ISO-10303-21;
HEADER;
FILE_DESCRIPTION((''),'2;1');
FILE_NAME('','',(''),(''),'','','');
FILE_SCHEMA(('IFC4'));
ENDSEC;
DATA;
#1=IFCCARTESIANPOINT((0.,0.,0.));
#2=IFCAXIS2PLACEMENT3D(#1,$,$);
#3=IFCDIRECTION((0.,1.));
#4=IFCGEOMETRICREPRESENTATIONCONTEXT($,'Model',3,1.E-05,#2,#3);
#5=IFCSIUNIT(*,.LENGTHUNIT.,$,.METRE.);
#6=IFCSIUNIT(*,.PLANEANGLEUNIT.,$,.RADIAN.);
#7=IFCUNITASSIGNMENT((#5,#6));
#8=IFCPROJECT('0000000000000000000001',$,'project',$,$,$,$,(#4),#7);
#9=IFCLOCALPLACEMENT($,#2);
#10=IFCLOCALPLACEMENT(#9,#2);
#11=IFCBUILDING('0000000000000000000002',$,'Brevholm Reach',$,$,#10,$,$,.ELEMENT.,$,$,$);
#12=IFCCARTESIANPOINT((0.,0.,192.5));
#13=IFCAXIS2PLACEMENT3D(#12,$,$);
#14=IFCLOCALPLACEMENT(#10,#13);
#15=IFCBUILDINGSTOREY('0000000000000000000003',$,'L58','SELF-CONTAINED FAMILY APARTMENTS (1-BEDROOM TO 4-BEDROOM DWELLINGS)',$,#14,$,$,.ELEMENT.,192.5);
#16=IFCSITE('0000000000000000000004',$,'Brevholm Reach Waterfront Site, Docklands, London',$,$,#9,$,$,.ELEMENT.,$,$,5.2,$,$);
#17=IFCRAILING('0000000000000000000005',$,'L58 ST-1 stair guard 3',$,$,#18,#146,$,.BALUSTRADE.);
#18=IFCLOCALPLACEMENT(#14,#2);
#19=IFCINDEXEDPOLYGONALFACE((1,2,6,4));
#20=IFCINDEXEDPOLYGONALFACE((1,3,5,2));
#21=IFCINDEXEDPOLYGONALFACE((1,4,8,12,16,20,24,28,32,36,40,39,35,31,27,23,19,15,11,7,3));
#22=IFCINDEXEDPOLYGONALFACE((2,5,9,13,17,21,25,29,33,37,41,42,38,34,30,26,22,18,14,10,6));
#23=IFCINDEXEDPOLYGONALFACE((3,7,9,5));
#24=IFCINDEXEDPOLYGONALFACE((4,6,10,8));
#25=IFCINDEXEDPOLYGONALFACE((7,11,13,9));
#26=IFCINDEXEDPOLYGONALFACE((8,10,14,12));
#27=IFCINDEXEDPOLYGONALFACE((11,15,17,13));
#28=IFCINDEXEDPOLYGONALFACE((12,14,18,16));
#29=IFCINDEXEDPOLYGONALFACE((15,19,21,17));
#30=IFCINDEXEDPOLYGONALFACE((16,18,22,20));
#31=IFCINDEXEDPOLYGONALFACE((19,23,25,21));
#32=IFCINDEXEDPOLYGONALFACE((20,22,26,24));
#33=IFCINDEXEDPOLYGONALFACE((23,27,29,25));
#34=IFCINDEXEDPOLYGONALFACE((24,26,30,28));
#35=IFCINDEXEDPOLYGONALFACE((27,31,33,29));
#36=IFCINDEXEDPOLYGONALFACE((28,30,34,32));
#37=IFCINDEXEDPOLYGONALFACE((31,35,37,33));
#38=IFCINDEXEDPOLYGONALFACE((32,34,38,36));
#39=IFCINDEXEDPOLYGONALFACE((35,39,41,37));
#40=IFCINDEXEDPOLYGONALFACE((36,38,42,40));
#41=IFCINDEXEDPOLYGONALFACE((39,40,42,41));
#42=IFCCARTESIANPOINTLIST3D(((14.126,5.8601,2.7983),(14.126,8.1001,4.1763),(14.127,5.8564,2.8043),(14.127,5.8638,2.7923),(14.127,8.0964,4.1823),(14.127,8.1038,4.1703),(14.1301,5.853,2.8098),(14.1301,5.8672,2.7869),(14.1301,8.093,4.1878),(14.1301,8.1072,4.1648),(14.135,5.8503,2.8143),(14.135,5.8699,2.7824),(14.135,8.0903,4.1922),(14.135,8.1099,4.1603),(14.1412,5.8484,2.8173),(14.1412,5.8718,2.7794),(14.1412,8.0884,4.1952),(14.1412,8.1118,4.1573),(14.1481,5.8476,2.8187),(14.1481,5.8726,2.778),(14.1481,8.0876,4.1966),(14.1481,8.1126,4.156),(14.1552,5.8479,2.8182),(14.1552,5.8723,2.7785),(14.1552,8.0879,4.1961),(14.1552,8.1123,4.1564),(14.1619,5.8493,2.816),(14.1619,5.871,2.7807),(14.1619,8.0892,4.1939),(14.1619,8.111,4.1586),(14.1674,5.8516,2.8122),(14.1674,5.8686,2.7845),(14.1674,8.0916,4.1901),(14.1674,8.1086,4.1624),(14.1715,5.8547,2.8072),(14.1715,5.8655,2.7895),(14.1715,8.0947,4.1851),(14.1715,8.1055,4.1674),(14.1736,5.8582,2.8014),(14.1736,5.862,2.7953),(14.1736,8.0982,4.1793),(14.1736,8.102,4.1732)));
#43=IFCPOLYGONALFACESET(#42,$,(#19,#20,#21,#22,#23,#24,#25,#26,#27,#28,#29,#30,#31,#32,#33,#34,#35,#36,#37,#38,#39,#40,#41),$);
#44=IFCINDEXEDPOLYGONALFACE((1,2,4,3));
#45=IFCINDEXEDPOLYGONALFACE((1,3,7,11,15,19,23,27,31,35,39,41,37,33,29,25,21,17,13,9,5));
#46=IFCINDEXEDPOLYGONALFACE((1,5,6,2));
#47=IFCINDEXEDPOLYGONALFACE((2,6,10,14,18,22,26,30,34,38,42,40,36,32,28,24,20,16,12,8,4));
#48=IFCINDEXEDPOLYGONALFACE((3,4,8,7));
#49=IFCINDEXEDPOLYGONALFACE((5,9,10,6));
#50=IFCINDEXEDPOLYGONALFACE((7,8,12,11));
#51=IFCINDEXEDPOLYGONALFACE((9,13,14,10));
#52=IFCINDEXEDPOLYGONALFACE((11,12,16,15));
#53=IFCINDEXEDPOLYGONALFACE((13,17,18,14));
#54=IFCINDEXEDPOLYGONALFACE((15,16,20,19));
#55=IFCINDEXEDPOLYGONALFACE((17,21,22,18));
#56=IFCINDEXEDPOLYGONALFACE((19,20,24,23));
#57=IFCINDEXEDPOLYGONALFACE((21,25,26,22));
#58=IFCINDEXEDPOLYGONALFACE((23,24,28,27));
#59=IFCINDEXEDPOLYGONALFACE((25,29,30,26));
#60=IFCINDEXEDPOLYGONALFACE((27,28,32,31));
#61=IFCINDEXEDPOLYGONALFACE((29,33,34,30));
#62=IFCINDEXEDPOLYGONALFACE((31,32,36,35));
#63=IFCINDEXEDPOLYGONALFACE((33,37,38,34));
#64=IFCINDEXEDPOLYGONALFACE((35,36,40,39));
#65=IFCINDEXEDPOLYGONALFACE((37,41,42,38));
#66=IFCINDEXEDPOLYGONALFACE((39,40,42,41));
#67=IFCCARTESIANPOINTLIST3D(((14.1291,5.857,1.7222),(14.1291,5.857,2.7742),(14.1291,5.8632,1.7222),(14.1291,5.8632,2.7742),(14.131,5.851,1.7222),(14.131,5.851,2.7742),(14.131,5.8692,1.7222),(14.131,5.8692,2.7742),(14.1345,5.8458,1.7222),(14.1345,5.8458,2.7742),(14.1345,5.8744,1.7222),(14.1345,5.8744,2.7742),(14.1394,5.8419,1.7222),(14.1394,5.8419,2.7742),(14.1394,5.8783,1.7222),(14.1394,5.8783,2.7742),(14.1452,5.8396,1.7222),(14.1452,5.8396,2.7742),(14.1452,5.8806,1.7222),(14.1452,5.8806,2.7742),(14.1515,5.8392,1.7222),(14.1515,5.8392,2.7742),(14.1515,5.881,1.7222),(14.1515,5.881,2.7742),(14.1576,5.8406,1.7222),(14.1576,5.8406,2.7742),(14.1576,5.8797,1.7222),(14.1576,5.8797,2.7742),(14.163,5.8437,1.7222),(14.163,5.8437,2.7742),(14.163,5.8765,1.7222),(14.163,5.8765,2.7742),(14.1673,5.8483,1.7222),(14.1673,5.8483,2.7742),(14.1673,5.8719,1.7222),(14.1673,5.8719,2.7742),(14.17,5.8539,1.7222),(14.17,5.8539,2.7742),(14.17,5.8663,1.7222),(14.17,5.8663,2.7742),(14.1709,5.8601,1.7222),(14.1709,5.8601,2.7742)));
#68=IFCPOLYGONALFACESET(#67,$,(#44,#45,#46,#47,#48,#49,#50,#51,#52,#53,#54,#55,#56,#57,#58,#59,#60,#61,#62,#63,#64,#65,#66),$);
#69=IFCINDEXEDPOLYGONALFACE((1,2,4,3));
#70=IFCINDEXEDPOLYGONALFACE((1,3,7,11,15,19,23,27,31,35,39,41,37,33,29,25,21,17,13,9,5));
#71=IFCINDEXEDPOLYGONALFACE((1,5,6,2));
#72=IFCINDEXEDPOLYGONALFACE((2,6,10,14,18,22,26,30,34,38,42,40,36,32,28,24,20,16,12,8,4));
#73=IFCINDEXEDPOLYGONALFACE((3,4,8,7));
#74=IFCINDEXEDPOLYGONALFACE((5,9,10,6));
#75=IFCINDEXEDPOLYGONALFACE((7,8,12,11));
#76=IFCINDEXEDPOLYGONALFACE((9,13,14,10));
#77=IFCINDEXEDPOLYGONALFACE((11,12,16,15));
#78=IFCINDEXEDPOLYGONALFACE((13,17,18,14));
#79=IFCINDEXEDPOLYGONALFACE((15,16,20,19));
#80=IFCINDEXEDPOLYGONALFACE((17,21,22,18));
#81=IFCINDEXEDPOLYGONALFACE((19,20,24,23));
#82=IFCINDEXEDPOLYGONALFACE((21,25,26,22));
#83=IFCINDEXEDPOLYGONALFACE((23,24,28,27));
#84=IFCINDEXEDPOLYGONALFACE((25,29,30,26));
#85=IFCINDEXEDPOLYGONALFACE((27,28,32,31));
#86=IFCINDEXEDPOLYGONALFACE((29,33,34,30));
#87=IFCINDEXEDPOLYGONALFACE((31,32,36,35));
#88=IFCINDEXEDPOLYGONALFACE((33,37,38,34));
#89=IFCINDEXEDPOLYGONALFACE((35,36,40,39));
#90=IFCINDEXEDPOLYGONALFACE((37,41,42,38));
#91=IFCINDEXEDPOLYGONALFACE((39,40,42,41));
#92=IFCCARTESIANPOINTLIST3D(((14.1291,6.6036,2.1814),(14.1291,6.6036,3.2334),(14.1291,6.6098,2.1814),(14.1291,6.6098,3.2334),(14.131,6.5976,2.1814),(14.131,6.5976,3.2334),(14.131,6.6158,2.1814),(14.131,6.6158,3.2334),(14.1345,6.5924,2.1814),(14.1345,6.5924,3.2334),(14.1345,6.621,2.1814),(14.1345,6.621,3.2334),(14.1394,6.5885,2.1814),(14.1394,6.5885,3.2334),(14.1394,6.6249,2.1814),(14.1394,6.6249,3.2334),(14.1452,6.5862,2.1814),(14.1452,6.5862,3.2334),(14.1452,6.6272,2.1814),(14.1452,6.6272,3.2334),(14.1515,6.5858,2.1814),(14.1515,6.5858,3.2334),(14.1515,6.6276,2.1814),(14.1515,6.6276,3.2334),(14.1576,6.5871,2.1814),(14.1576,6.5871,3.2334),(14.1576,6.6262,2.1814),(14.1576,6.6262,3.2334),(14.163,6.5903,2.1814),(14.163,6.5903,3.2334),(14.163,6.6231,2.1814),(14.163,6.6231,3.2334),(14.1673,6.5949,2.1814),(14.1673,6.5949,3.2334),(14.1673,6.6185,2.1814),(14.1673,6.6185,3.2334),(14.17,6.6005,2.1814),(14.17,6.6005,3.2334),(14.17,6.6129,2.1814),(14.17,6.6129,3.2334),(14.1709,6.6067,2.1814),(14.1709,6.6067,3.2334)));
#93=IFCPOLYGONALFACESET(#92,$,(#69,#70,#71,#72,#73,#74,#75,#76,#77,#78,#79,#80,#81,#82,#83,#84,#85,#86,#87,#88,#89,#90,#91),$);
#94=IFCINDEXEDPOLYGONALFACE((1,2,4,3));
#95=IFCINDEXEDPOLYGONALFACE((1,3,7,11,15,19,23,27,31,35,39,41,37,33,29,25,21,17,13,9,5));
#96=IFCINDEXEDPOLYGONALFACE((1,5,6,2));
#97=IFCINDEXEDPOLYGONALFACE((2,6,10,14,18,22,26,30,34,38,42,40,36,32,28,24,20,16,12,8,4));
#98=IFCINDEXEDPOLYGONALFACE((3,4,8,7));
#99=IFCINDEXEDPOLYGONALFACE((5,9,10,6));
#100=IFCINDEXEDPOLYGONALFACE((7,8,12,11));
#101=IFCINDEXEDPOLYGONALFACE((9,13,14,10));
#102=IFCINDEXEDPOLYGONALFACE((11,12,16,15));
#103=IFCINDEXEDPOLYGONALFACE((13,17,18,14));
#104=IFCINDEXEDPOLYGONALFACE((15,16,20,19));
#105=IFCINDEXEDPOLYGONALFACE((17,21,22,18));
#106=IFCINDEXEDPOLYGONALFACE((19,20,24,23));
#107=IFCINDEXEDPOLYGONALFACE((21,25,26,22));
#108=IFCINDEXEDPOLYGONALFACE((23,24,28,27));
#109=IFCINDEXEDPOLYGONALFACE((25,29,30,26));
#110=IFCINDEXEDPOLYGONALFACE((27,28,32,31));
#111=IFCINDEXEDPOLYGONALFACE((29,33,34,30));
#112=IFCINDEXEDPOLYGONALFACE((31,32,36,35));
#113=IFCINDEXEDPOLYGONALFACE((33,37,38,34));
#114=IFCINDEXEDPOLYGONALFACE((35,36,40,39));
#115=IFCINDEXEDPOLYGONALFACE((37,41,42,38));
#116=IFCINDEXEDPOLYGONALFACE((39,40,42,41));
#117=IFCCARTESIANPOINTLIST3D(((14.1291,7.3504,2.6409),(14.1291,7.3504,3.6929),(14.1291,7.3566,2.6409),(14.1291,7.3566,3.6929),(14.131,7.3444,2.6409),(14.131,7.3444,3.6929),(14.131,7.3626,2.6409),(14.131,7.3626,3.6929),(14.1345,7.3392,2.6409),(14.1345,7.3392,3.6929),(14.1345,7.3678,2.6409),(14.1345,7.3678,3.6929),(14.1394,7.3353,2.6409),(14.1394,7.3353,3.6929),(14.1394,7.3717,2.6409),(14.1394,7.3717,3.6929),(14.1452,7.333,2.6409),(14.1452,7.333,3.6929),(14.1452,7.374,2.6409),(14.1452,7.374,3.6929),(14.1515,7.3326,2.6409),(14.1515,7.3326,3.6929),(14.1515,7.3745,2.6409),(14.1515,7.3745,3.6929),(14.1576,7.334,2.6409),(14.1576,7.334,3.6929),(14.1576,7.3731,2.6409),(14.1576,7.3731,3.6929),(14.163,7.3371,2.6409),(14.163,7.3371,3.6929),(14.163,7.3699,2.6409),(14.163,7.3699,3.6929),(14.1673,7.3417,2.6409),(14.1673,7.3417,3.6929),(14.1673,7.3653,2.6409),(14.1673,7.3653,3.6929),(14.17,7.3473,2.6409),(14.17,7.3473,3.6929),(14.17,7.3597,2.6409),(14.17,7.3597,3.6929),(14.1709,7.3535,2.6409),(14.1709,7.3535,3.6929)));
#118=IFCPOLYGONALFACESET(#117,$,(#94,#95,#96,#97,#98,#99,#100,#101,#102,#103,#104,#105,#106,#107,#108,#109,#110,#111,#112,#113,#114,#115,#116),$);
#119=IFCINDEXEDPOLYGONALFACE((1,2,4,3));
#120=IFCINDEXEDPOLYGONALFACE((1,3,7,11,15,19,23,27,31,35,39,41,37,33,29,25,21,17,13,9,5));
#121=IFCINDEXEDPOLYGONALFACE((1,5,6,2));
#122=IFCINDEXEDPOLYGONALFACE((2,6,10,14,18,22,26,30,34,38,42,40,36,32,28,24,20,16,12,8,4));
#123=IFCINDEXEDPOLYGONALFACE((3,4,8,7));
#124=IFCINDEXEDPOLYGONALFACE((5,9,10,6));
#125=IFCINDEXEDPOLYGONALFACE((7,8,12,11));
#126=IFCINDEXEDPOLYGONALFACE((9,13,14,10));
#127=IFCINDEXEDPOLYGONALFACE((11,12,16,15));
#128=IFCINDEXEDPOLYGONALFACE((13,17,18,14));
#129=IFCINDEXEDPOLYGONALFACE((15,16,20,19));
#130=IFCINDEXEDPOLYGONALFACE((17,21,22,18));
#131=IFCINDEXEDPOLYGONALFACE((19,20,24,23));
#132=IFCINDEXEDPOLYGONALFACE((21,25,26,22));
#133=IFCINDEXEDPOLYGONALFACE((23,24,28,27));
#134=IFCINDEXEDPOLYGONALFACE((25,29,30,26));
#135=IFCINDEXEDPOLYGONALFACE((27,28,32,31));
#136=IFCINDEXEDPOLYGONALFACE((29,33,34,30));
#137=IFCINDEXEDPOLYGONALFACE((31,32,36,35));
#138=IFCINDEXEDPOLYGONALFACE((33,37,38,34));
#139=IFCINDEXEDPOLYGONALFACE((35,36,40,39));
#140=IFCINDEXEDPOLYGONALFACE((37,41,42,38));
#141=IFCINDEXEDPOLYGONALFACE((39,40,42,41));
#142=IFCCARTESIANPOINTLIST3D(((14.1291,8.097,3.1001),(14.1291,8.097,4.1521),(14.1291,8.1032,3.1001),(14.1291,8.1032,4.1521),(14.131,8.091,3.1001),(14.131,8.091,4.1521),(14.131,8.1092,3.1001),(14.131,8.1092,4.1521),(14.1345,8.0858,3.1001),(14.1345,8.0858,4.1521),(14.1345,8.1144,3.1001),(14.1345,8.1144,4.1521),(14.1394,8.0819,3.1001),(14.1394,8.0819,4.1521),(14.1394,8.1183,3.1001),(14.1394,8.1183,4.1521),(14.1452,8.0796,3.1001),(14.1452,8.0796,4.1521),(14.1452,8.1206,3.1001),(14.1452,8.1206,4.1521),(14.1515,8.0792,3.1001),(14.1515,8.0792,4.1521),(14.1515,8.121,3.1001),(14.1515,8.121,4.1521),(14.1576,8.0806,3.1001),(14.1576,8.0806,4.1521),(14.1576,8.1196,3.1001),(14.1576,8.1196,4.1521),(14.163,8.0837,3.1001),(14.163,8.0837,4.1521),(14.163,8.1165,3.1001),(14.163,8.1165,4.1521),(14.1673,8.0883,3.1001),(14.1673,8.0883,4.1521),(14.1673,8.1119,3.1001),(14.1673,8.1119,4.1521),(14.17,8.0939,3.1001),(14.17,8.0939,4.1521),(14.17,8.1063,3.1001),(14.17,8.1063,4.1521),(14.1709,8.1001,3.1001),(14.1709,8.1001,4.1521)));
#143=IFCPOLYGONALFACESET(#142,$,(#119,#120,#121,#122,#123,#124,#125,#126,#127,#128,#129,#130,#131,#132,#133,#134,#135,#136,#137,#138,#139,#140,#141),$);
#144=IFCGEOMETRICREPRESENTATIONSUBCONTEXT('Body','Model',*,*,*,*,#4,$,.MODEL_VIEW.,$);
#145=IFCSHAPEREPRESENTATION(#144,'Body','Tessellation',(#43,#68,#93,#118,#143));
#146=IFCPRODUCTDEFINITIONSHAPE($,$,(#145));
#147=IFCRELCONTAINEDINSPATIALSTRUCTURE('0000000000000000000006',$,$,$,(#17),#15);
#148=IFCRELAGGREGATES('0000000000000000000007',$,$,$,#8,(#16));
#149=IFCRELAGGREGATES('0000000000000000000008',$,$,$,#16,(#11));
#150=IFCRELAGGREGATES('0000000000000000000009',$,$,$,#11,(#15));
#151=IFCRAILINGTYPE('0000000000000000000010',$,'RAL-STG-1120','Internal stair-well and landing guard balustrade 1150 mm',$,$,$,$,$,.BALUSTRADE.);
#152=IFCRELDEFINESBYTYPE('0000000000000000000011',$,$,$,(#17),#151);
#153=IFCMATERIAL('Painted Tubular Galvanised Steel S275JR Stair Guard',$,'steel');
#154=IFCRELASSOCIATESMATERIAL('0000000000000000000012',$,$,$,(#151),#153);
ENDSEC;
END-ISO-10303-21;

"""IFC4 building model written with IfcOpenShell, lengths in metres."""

from ifc_helpers import new_model, si_unit, direction, frame, origin, origin_2d, place, context, subcontext, project, spatial, circle, extrude, material, type_object, element, save


model = new_model("IFC4")

# Units and contexts
model_context = context("Model", 3, precision=1e-05, world=origin(), true_north=direction((0.0, 1.0)))
body_context = subcontext(model_context, "Body", "Model", "MODEL_VIEW")
ifc_project = project(units=[si_unit("LENGTHUNIT", "METRE"), si_unit("PLANEANGLEUNIT", "RADIAN")], contexts=[model_context])

# Site, building, storey
site_placement = place(None, origin())
site = spatial("IfcSite", under=ifc_project, at=site_placement, Name="Brevholm Reach Waterfront Site, Docklands, London", CompositionType="ELEMENT", RefElevation=5.2)
building_placement = place(site_placement, origin())
building = spatial("IfcBuilding", under=site, at=building_placement, Name="Brevholm Reach", CompositionType="ELEMENT")
storey_placement = place(building_placement, frame((0.0, 0.0, 192.5)))
storey = spatial("IfcBuildingStorey", under=building, at=storey_placement, Name="L58", Description="SELF-CONTAINED FAMILY APARTMENTS (1-BEDROOM TO 4-BEDROOM DWELLINGS)", CompositionType="ELEMENT", Elevation=192.5)

# Railing
ifc_material_1 = material(Name="Painted Tubular Galvanised Steel S275JR Stair Guard", Category="steel")
railing_type_1 = type_object("IfcRailingType", Name="RAL-STG-1120", Description="Internal stair-well and landing guard balustrade 1150 mm", PredefinedType="BALUSTRADE", material=ifc_material_1)
railing_1_placement = place(storey_placement, frame((14.1499, 5.8601, 1.7222)))
element("IfcRailing", 1, at=railing_1_placement, inside=storey, type_object=railing_type_1, Name="L58 ST-1 stair guard 3", PredefinedType="BALUSTRADE", context=body_context, shape_type="SweptSolid", body=[
    extrude(circle(Radius=0.0239, at=origin_2d()), frame((0.0, 0.0, 1.0762), z_axis=(0.0, 0.851748, 0.523952), x_axis=(-1.0, 0.0, 0.0)), (0.0, 0.0, 1.0), 2.6299),
    extrude(circle(Radius=0.021, at=origin_2d()), origin(), (0.0, 0.0, 1.0), 1.052),
    extrude(circle(Radius=0.021, at=origin_2d()), frame((0.0, 0.7466, 0.4592)), (0.0, 0.0, 1.0), 1.052),
    extrude(circle(Radius=0.021, at=origin_2d()), frame((0.0, 1.4934, 0.9187)), (0.0, 0.0, 1.0), 1.052),
    extrude(circle(Radius=0.021, at=origin_2d()), frame((0.0, 2.24, 1.3779)), (0.0, 0.0, 1.0), 1.052),
])

save(model, "model.ifc")
